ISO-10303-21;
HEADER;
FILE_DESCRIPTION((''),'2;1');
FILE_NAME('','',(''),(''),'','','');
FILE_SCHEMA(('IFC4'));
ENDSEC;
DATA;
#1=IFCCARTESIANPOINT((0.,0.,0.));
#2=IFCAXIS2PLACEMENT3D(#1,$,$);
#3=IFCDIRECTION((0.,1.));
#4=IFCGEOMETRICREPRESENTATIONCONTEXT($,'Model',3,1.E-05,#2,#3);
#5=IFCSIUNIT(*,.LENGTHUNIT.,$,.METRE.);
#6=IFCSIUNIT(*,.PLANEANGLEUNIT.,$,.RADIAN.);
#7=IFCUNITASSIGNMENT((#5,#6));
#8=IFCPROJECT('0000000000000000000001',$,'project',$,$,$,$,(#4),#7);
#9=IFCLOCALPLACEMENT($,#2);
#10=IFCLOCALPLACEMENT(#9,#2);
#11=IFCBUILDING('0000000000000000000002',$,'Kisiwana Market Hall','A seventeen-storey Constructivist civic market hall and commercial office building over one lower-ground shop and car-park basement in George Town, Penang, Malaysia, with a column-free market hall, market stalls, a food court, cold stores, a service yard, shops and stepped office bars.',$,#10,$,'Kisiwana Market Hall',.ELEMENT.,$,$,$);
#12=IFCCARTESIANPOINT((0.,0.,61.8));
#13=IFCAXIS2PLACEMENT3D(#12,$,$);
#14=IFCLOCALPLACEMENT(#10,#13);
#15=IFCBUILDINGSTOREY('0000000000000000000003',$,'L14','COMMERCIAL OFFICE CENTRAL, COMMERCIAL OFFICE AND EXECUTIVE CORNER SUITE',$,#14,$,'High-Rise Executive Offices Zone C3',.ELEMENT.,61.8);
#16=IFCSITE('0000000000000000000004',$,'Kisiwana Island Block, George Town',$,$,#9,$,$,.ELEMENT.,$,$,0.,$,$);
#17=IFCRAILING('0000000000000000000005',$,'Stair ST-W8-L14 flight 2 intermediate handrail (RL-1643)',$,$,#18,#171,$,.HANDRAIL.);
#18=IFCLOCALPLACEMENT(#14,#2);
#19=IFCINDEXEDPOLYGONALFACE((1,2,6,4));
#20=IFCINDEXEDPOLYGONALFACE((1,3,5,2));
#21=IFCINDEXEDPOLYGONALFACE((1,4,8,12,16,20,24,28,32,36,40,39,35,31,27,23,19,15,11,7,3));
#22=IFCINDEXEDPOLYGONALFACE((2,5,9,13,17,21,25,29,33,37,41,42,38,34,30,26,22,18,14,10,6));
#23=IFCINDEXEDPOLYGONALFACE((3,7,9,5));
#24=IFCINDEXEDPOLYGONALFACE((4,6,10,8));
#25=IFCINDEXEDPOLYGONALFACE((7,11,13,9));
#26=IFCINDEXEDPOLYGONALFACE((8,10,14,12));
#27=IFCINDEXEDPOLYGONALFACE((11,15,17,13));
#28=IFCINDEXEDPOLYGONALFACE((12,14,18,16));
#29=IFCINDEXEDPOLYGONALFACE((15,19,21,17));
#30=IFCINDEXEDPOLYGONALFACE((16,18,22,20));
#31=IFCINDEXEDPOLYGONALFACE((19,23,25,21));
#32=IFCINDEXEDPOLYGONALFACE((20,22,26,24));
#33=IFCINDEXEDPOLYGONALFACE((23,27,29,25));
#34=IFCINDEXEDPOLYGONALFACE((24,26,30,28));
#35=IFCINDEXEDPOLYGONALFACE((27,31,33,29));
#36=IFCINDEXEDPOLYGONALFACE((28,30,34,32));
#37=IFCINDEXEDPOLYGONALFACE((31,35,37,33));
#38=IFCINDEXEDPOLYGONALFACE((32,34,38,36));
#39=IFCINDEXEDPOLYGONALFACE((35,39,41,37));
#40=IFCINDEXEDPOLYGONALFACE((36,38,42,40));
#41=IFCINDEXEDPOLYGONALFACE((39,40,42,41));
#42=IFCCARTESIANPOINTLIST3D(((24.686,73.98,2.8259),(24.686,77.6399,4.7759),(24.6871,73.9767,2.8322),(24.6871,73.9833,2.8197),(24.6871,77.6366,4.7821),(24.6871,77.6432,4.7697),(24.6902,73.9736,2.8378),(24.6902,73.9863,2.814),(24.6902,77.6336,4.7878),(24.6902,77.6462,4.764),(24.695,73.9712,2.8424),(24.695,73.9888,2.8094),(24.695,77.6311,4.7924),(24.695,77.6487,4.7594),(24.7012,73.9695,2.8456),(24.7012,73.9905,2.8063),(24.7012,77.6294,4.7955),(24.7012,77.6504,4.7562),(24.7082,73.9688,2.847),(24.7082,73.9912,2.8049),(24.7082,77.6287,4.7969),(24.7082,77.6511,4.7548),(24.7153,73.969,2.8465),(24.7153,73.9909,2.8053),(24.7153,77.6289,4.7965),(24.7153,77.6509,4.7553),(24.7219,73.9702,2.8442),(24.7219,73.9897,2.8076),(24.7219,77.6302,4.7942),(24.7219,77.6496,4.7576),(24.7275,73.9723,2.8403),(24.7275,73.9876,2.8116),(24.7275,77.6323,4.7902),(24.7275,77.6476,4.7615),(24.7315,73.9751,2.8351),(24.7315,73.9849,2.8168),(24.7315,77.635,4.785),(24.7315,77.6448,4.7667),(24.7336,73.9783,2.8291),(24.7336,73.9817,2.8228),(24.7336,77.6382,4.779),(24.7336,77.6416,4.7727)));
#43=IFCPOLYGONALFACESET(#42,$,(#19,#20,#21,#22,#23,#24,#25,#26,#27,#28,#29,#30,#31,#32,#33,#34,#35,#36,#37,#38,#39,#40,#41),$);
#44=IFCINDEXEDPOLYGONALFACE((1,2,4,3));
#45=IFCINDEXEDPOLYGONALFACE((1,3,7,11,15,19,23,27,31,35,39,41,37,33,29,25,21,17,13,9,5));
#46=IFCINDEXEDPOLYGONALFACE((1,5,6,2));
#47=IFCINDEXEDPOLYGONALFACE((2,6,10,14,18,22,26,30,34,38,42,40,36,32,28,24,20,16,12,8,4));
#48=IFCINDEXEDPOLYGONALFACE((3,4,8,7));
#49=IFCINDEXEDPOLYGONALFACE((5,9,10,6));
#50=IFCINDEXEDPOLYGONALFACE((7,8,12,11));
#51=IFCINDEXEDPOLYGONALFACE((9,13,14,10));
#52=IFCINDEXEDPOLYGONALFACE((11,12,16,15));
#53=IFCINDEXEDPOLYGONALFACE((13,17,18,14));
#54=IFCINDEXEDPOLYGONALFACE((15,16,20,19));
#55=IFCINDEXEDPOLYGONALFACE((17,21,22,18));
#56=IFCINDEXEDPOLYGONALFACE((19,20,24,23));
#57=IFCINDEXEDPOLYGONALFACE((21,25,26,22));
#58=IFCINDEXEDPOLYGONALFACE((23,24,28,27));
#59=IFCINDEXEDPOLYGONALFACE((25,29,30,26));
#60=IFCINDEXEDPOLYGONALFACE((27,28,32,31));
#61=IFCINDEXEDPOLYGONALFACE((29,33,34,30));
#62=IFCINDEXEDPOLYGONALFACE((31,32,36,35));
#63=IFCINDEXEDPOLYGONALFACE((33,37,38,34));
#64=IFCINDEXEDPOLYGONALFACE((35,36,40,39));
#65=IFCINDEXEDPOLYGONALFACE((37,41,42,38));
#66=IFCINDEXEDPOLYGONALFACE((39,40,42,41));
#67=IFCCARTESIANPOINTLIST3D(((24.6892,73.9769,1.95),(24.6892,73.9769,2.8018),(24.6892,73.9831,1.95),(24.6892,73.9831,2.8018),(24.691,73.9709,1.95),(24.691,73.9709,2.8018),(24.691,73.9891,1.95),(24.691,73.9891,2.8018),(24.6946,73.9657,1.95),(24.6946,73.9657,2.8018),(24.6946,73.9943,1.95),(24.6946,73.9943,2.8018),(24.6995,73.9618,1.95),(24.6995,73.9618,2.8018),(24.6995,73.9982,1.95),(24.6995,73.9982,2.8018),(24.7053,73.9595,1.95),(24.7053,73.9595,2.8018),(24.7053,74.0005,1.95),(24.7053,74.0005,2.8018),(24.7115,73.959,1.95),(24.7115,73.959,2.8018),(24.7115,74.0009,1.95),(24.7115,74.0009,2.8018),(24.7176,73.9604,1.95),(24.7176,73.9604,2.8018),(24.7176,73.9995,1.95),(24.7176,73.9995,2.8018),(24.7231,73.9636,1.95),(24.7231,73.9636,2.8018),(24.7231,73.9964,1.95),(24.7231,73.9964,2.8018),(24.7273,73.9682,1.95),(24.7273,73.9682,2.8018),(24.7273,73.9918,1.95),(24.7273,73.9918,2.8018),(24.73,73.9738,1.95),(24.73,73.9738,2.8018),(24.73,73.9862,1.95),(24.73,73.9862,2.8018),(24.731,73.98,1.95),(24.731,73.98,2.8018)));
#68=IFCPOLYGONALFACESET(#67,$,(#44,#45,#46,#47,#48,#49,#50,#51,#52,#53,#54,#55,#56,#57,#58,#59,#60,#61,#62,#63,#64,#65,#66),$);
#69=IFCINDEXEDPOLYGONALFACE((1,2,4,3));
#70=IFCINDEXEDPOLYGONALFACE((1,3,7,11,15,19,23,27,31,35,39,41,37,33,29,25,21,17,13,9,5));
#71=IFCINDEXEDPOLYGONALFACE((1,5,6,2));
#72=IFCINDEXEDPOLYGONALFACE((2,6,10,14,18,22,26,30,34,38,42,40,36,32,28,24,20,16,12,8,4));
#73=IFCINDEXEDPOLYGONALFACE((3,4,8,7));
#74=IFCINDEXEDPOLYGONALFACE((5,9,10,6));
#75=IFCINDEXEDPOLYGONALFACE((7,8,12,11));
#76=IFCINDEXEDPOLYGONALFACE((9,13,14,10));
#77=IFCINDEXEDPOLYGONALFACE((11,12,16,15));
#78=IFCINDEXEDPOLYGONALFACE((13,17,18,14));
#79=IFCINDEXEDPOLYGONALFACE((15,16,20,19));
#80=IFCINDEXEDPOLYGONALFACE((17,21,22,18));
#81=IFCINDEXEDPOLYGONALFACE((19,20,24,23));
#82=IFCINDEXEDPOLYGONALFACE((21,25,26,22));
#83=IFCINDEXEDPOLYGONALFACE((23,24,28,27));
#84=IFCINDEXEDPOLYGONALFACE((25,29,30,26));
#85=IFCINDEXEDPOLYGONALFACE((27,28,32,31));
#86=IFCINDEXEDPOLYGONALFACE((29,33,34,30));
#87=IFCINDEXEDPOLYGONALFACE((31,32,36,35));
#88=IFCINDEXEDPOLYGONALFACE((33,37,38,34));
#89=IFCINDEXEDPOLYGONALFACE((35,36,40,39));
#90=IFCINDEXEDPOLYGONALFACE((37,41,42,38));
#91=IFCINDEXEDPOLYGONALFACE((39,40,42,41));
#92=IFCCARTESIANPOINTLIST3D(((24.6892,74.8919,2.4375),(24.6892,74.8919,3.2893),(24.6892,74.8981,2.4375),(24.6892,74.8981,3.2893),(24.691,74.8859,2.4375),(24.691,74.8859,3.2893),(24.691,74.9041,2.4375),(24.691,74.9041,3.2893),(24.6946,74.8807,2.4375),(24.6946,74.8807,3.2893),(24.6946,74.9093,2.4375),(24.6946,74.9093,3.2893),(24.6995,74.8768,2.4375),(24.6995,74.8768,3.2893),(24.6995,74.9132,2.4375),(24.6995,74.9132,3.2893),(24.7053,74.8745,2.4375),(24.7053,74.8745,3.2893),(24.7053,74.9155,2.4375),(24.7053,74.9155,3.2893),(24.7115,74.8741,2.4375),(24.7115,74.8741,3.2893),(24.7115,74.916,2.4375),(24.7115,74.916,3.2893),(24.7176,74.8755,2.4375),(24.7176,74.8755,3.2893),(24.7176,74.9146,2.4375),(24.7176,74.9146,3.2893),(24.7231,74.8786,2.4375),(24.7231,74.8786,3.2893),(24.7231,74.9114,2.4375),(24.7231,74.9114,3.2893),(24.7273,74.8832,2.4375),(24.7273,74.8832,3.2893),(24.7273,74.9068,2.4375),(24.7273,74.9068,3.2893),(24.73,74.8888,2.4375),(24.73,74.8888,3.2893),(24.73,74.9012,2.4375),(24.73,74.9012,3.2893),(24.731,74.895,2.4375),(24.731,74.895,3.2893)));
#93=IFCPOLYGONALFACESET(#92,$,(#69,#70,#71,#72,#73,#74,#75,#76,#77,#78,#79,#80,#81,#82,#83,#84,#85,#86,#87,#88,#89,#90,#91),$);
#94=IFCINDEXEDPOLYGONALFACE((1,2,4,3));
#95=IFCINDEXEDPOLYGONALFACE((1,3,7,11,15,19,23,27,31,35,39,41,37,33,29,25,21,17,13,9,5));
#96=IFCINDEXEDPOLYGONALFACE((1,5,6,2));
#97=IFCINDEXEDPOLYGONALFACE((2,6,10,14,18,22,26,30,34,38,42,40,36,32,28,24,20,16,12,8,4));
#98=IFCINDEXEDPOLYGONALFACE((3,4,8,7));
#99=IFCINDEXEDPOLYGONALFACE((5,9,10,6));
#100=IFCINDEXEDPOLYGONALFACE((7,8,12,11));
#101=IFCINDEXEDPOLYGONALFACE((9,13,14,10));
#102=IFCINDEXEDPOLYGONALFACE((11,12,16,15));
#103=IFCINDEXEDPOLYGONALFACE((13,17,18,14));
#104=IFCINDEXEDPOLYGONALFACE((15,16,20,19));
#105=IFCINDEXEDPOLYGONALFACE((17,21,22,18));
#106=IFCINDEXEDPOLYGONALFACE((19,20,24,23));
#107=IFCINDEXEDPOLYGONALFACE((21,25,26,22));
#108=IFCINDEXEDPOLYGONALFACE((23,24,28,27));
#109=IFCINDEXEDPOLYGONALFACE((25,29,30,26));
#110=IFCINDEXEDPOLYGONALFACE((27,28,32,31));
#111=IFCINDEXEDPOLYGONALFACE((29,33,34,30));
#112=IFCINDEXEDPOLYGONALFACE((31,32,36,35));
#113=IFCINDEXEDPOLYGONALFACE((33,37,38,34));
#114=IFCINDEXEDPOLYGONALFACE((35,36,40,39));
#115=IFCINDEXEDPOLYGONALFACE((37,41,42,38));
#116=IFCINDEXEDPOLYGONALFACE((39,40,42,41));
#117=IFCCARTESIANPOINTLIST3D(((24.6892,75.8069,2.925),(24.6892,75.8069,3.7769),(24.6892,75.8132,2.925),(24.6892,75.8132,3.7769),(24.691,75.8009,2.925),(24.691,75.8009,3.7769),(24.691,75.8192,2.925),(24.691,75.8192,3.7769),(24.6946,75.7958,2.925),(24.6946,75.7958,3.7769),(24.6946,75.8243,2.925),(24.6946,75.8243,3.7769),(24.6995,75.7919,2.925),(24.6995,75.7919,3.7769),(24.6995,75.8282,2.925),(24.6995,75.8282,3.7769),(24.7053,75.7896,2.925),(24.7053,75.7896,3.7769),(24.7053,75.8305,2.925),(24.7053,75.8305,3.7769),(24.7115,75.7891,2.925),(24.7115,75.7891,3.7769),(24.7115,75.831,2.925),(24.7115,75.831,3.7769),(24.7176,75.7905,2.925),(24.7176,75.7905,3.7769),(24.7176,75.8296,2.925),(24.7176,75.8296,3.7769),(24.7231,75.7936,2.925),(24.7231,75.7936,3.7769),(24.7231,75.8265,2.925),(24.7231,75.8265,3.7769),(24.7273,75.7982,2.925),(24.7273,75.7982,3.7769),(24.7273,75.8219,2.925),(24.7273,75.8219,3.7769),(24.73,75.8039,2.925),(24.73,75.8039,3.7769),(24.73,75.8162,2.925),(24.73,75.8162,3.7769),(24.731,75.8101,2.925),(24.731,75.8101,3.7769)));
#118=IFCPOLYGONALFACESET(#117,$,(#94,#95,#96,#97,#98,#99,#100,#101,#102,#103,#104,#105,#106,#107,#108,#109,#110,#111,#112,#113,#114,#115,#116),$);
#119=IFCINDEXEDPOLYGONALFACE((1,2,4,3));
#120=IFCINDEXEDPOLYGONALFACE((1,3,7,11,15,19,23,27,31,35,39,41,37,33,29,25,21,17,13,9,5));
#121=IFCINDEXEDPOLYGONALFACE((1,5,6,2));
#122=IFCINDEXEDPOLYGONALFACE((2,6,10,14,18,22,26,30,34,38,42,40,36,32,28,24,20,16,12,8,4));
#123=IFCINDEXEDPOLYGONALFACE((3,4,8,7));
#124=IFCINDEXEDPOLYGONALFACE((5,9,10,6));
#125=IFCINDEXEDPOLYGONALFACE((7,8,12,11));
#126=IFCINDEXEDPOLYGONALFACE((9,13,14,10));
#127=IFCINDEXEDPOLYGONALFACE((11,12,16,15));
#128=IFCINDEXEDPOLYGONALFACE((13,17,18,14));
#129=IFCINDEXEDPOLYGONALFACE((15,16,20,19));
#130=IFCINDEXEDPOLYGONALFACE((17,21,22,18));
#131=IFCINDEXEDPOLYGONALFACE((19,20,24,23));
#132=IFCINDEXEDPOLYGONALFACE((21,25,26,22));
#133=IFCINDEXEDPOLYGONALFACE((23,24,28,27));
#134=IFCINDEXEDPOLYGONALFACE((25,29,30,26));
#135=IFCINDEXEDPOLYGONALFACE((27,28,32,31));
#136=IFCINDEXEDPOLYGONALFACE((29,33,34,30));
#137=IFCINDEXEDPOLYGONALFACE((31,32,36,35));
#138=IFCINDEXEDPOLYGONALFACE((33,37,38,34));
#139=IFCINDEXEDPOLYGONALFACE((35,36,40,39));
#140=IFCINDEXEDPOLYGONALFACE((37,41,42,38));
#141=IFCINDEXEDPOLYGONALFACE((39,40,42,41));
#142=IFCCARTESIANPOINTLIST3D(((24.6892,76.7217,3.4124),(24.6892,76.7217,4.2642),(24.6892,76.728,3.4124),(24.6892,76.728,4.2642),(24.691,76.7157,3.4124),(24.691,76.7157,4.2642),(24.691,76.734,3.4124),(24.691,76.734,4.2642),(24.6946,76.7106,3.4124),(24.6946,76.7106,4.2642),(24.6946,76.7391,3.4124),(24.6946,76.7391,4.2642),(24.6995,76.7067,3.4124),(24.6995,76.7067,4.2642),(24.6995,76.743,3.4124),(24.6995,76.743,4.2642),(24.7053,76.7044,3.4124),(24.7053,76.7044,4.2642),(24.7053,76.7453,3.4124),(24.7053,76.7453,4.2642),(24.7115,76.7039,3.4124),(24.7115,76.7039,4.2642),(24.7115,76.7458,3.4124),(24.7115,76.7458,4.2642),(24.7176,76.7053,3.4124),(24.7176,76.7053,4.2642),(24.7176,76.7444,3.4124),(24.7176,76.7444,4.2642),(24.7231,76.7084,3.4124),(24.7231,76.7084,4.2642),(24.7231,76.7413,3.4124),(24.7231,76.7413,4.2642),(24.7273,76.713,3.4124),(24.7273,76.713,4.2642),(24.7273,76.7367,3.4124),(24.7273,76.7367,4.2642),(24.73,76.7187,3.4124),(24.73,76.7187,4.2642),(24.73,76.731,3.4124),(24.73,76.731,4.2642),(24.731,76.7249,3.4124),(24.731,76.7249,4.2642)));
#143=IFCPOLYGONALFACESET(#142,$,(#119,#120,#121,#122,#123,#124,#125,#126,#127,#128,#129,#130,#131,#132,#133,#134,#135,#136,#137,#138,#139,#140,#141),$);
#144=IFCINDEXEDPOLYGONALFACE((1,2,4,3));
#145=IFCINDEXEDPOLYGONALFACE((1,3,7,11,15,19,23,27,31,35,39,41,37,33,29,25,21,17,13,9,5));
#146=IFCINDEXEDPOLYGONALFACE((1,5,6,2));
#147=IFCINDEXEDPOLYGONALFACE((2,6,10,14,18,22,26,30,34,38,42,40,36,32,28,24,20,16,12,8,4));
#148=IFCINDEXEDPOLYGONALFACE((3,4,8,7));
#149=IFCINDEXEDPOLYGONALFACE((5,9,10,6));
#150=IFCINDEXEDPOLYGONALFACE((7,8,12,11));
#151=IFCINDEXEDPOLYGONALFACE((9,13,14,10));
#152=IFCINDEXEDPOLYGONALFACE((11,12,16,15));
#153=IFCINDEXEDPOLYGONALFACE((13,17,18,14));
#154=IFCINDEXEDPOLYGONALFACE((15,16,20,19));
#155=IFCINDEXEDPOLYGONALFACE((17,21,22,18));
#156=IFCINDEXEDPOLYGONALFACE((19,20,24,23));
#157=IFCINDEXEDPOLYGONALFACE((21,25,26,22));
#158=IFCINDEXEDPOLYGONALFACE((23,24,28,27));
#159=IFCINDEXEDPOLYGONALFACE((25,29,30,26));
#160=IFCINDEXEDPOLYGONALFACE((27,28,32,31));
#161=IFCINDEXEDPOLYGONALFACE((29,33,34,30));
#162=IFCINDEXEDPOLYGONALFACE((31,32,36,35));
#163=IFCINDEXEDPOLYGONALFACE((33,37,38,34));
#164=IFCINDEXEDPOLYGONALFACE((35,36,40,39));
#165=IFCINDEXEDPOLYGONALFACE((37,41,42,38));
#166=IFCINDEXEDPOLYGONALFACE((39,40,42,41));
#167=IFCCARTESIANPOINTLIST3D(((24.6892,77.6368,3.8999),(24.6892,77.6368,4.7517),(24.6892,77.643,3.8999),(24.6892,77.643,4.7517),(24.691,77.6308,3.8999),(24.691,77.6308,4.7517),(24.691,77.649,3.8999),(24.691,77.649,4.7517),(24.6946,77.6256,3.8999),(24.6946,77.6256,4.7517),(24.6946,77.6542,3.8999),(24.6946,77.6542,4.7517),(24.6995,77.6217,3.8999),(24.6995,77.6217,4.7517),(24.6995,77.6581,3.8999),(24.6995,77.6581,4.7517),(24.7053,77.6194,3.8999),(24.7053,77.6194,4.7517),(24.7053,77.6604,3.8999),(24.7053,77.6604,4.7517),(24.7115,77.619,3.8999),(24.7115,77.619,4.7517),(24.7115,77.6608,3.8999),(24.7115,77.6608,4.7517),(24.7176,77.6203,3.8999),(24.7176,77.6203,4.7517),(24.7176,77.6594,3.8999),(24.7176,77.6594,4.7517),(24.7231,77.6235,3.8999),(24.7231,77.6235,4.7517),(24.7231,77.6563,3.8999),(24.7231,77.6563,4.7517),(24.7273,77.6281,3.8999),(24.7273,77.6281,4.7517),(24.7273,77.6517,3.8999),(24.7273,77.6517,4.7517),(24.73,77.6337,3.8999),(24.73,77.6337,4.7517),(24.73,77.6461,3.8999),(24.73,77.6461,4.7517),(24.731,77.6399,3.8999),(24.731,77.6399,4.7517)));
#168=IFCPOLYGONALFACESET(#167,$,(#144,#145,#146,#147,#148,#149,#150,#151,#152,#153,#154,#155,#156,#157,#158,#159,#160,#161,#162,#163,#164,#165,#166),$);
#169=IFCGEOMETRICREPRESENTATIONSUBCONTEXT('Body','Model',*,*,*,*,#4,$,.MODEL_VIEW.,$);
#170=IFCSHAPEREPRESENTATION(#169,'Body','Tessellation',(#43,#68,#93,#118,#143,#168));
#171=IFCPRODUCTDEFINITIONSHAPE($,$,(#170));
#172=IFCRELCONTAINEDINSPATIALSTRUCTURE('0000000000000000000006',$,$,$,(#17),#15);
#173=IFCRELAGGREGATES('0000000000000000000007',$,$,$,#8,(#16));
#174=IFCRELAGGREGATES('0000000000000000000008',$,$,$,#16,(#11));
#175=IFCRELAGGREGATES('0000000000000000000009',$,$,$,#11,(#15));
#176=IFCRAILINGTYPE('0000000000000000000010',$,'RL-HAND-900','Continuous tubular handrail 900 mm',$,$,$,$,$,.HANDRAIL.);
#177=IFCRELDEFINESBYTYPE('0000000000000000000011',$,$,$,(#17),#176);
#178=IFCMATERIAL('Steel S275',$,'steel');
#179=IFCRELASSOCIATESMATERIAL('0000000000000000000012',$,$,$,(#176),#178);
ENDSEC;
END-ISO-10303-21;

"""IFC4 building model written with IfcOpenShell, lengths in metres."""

from ifc_helpers import new_model, si_unit, direction, frame, origin, origin_2d, place, context, subcontext, project, spatial, circle, extrude, material, type_object, element, save


model = new_model("IFC4")

# Units and contexts
model_context = context("Model", 3, precision=1e-05, world=origin(), true_north=direction((0.0, 1.0)))
body_context = subcontext(model_context, "Body", "Model", "MODEL_VIEW")
ifc_project = project(units=[si_unit("LENGTHUNIT", "METRE"), si_unit("PLANEANGLEUNIT", "RADIAN")], contexts=[model_context])

# Site, building, storey
site_placement = place(None, origin())
site = spatial("IfcSite", under=ifc_project, at=site_placement, Name="Kisiwana Island Block, George Town", CompositionType="ELEMENT", RefElevation=0.0)
building_placement = place(site_placement, origin())
building = spatial("IfcBuilding", under=site, at=building_placement, Name="Kisiwana Market Hall", Description="A seventeen-storey Constructivist civic market hall and commercial office building over one lower-ground shop and car-park basement in George Town, Penang, Malaysia, with a column-free market hall, market stalls, a food court, cold stores, a service yard, shops and stepped office bars.", LongName="Kisiwana Market Hall", CompositionType="ELEMENT")
storey_placement = place(building_placement, frame((0.0, 0.0, 61.8)))
storey = spatial("IfcBuildingStorey", under=building, at=storey_placement, Name="L14", Description="COMMERCIAL OFFICE CENTRAL, COMMERCIAL OFFICE AND EXECUTIVE CORNER SUITE", LongName="High-Rise Executive Offices Zone C3", CompositionType="ELEMENT", Elevation=61.8)

# Railing
ifc_material_1 = material(Name="Steel S275", Category="steel")
railing_type_1 = type_object("IfcRailingType", Name="RL-HAND-900", Description="Continuous tubular handrail 900 mm", PredefinedType="HANDRAIL", material=ifc_material_1)
for number, where, name in (
    (1, (24.71, 73.98, 1.95), "Stair ST-W8-L14 flight 2 intermediate handrail (RL-1643)"),
):
    element("IfcRailing", number, at=place(storey_placement, frame(where)), inside=storey, type_object=railing_type_1, Name=name, PredefinedType="HANDRAIL", context=body_context, shape_type="SweptSolid", body=[
        extrude(circle(Radius=0.0239, at=origin_2d()), frame((0.0, 0.0, 0.876), z_axis=(0.0, 0.882553, 0.470212), x_axis=(-1.0, 0.0, 0.0)), (0.0, 0.0, 1.0), 4.147),
        extrude(circle(Radius=0.021, at=origin_2d()), origin(), (0.0, 0.0, 1.0), 0.8518),
        extrude(circle(Radius=0.021, at=origin_2d()), frame((0.0, 0.915, 0.4875)), (0.0, 0.0, 1.0), 0.8518),
        extrude(circle(Radius=0.021, at=origin_2d()), frame((0.0, 1.8301, 0.9751)), (0.0, 0.0, 1.0), 0.8518),
        extrude(circle(Radius=0.021, at=origin_2d()), frame((0.0, 2.7449, 1.4624)), (0.0, 0.0, 1.0), 0.8518),
        extrude(circle(Radius=0.021, at=origin_2d()), frame((0.0, 3.6599, 1.95)), (0.0, 0.0, 1.0), 0.8518),
    ])

save(model, "model.ifc")
